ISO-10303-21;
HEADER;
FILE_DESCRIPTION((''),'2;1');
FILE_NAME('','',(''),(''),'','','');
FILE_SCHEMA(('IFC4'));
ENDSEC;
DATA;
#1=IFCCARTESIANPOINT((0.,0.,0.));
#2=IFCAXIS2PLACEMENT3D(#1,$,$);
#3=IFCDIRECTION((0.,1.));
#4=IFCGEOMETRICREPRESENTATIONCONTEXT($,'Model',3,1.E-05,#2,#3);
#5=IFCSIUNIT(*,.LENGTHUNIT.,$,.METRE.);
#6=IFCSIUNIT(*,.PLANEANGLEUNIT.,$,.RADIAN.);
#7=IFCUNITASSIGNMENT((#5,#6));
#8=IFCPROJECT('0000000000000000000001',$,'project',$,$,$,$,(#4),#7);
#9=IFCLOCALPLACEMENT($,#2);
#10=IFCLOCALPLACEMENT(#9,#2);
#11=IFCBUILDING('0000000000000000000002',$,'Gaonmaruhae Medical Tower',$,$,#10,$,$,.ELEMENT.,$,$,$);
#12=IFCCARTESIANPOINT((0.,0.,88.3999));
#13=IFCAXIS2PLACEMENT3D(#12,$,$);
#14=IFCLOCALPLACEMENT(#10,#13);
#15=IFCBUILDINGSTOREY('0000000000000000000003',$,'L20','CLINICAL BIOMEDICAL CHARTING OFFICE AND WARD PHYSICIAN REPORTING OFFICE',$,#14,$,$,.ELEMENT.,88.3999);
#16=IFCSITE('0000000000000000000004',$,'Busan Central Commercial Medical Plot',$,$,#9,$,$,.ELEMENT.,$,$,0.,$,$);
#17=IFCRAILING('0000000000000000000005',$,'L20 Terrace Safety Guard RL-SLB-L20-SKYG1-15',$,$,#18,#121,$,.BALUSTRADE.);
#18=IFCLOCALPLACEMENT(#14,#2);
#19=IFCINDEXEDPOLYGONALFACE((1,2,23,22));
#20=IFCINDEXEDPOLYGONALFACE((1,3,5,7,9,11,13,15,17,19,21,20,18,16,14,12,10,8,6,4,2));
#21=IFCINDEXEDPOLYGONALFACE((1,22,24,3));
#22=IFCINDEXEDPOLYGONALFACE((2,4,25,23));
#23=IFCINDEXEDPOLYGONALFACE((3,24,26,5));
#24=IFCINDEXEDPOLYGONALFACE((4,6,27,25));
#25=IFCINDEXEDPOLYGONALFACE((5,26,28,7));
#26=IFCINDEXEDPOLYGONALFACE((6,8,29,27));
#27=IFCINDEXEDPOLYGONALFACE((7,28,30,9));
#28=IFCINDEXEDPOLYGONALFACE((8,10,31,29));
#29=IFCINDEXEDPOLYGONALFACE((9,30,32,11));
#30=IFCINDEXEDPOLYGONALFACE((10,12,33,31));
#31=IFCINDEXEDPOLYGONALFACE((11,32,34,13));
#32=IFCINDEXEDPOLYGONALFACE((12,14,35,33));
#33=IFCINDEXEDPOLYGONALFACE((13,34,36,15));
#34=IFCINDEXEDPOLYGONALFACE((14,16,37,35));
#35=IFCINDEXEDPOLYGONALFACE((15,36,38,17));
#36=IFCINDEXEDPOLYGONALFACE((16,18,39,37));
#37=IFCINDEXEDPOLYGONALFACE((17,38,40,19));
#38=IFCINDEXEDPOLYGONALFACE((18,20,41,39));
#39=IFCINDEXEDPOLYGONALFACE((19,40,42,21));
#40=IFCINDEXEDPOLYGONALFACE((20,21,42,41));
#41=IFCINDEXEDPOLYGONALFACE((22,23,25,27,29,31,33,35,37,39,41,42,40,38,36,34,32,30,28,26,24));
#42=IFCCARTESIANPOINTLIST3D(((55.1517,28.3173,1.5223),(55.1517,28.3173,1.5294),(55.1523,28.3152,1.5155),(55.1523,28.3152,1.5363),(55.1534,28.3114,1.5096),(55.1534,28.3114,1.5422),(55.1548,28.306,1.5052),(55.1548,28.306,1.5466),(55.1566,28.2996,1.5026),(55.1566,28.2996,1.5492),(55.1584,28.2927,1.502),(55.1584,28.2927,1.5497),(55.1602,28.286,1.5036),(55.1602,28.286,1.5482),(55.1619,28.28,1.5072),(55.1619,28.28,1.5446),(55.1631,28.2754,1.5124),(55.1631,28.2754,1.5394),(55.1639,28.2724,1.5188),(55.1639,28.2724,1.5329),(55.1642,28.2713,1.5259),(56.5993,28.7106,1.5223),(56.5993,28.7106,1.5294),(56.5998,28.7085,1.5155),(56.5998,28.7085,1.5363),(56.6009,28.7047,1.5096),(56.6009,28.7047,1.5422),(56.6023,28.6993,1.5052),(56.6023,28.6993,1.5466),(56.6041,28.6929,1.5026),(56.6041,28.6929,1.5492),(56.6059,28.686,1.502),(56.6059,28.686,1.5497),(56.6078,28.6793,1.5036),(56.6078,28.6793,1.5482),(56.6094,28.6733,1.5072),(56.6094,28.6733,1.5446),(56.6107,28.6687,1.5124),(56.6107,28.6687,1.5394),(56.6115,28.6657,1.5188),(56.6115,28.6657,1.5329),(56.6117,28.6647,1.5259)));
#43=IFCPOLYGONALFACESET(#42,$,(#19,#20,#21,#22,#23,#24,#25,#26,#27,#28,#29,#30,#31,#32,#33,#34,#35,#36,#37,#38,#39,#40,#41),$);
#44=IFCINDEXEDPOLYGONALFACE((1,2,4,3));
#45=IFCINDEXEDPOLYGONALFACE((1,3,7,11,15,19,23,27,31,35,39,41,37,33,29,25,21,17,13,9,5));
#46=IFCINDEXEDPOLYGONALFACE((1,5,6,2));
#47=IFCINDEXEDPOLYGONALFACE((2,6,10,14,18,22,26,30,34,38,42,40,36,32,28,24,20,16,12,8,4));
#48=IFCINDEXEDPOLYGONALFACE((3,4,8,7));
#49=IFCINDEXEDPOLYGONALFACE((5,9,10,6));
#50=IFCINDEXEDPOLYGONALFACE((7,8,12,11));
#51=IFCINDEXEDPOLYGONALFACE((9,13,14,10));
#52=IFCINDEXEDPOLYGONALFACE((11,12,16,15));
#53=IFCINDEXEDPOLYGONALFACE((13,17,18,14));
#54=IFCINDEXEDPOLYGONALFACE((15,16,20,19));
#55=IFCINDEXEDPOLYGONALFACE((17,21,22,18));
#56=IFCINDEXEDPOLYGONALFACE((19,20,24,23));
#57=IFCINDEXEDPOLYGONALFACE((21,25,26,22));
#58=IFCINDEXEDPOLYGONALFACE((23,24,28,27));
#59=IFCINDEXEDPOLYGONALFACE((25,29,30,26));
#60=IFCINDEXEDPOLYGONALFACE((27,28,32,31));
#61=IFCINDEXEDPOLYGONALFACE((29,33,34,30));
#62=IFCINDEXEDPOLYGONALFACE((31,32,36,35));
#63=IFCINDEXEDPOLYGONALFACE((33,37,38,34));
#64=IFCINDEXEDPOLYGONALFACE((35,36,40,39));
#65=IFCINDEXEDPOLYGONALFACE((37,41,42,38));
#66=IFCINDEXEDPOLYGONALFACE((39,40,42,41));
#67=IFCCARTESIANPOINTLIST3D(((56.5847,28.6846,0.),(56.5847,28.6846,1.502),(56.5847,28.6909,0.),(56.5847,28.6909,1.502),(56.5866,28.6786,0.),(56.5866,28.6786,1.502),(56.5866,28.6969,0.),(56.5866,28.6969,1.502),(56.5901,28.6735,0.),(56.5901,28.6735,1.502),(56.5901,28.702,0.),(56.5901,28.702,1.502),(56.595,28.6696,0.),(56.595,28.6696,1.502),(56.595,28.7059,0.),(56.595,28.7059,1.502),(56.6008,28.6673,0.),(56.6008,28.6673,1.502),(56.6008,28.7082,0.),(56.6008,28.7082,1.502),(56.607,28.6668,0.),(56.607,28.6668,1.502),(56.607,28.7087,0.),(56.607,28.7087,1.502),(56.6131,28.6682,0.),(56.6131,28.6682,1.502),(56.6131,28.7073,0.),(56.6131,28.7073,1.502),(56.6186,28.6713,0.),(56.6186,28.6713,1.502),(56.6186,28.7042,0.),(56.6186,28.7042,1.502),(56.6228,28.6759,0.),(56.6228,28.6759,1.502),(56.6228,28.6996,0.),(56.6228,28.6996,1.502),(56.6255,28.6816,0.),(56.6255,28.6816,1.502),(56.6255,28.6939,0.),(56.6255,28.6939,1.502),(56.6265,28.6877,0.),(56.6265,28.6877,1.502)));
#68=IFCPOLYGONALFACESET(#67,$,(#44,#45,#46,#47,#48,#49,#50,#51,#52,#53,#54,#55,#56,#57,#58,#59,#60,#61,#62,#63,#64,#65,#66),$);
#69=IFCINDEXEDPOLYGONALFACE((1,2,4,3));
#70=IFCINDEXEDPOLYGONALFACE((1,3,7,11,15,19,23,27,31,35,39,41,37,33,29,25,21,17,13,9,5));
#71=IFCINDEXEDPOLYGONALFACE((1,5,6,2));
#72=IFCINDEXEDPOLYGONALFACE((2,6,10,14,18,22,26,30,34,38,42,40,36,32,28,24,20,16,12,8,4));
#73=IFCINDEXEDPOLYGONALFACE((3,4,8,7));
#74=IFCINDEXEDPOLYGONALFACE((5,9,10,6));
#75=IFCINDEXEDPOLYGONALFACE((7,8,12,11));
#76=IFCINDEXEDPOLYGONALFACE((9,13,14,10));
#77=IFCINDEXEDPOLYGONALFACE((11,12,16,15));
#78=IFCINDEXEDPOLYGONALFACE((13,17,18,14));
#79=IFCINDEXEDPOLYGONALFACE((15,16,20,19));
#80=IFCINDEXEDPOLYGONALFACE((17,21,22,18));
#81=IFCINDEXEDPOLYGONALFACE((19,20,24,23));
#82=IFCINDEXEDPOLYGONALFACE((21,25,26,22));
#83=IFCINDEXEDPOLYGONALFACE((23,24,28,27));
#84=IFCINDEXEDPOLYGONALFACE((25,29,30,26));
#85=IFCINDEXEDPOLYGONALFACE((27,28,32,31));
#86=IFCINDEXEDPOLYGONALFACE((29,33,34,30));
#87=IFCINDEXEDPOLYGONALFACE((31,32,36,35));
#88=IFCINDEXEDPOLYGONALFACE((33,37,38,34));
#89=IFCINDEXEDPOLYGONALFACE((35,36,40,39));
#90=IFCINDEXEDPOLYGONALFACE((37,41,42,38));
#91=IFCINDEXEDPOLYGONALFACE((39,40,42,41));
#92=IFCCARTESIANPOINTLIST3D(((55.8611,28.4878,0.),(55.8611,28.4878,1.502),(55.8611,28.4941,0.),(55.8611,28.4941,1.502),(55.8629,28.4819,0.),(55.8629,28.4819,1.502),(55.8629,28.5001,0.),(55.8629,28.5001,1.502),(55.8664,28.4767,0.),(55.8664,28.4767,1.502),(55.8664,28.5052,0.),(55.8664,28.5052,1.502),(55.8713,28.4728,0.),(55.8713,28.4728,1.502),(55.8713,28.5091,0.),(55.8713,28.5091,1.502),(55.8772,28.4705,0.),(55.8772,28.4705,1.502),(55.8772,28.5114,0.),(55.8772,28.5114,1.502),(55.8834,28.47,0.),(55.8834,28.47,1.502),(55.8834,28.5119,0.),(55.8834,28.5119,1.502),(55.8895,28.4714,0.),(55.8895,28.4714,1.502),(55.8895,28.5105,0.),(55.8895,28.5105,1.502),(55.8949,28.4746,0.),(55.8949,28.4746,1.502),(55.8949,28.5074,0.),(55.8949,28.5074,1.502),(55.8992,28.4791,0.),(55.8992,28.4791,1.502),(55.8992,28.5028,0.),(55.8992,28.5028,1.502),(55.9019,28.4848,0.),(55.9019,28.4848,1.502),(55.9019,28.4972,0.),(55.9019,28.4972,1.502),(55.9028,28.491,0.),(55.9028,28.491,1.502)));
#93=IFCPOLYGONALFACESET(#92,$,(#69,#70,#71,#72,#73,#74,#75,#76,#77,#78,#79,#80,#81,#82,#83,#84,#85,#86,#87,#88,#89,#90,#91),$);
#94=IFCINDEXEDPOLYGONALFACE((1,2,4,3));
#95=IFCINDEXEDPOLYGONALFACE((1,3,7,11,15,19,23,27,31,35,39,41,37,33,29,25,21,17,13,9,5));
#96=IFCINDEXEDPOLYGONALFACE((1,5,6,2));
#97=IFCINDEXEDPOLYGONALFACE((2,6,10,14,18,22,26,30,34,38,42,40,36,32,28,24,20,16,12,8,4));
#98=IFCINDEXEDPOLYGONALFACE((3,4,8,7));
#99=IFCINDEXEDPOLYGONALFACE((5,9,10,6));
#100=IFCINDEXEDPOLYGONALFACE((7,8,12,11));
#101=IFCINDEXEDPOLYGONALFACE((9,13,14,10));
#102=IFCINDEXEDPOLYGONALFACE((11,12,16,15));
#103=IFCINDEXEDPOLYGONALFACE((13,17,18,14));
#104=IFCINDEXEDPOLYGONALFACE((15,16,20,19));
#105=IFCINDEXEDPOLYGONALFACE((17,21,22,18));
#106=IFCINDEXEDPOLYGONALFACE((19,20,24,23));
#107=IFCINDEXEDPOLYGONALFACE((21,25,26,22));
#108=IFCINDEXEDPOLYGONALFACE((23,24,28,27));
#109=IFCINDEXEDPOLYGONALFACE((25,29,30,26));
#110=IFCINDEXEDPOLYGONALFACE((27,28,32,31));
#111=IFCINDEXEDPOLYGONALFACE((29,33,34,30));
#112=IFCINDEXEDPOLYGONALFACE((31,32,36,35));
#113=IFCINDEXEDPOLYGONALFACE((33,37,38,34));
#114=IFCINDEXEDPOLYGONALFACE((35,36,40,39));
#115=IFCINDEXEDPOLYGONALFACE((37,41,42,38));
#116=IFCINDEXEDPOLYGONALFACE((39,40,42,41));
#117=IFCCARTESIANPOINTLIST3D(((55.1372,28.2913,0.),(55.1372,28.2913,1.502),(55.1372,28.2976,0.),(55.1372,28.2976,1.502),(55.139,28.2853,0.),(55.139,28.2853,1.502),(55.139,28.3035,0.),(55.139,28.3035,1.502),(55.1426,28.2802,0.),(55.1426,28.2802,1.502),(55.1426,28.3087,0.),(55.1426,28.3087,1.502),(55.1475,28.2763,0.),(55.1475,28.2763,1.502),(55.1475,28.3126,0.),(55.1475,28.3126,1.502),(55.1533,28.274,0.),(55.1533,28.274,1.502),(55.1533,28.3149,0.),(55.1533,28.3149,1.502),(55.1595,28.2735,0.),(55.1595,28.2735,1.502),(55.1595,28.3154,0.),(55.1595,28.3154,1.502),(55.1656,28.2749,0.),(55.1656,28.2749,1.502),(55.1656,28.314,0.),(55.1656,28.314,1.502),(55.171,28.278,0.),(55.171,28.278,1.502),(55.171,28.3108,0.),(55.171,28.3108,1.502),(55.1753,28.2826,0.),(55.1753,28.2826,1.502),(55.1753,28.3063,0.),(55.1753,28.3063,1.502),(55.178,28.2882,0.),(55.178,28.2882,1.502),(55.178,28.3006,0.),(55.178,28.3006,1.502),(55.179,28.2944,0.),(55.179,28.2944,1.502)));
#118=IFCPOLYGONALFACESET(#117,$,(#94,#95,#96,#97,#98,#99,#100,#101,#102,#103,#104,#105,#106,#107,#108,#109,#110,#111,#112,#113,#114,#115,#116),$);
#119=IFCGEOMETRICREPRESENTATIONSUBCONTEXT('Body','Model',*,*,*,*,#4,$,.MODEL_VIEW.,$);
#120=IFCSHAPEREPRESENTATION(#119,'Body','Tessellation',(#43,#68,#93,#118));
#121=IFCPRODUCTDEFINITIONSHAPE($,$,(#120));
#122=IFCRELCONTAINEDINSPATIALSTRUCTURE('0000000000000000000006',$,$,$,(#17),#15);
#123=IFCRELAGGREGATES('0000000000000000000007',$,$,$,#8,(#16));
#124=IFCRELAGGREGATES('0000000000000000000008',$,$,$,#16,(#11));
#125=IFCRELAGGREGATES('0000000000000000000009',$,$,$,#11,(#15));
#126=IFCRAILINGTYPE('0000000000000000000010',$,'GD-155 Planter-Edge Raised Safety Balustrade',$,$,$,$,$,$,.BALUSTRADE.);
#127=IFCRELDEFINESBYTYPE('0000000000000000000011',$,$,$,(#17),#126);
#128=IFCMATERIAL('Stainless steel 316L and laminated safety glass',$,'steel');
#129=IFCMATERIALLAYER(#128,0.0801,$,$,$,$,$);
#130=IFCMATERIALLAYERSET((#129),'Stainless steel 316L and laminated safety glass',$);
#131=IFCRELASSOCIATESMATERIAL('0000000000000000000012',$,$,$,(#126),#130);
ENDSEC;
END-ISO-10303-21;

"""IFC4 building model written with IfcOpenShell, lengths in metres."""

from ifc_helpers import new_model, si_unit, direction, frame, origin, origin_2d, place, context, subcontext, project, spatial, circle, extrude, material, layer, layer_set, type_object, element, save


model = new_model("IFC4")

# Units and contexts
model_context = context("Model", 3, precision=1e-05, world=origin(), true_north=direction((0.0, 1.0)))
body_context = subcontext(model_context, "Body", "Model", "MODEL_VIEW")
ifc_project = project(units=[si_unit("LENGTHUNIT", "METRE"), si_unit("PLANEANGLEUNIT", "RADIAN")], contexts=[model_context])

# Site, building, storey
site_placement = place(None, origin())
site = spatial("IfcSite", under=ifc_project, at=site_placement, Name="Busan Central Commercial Medical Plot", CompositionType="ELEMENT", RefElevation=0.0)
building_placement = place(site_placement, origin())
building = spatial("IfcBuilding", under=site, at=building_placement, Name="Gaonmaruhae Medical Tower", CompositionType="ELEMENT")
storey_placement = place(building_placement, frame((0.0, 0.0, 88.3999)))
storey = spatial("IfcBuildingStorey", under=building, at=storey_placement, Name="L20", Description="CLINICAL BIOMEDICAL CHARTING OFFICE AND WARD PHYSICIAN REPORTING OFFICE", CompositionType="ELEMENT", Elevation=88.3999)

# Railing
ifc_material_1 = material(Name="Stainless steel 316L and laminated safety glass", Category="steel")
ifc_layer_1 = layer(ifc_material_1, 0.0801)
ifc_layer_set_1 = layer_set([ifc_layer_1], Name="Stainless steel 316L and laminated safety glass")
railing_type = type_object("IfcRailingType", Name="GD-155 Planter-Edge Raised Safety Balustrade", PredefinedType="BALUSTRADE", material=ifc_layer_set_1)
railing_1_placement = place(storey_placement, frame((56.6055, 28.6877, 0.0)))
element("IfcRailing", 1, at=railing_1_placement, inside=storey, type_object=railing_type, Name="L20 Terrace Safety Guard RL-SLB-L20-SKYG1-15", PredefinedType="BALUSTRADE", context=body_context, shape_type="SweptSolid", body=[
    extrude(circle(Radius=0.0239, at=origin_2d()), frame((0.0, 0.0, 1.5259), z_axis=(-0.965011, -0.262208, 0.0), x_axis=(0.262208, -0.965011, 0.0)), (0.0, 0.0, 1.0), 1.5),
    extrude(circle(Radius=0.021, at=origin_2d()), origin(), (0.0, 0.0, 1.0), 1.502),
    extrude(circle(Radius=0.021, at=origin_2d()), frame((-0.7236, -0.1968, 0.0)), (0.0, 0.0, 1.0), 1.502),
    extrude(circle(Radius=0.021, at=origin_2d()), frame((-1.4475, -0.3933, 0.0)), (0.0, 0.0, 1.0), 1.502),
])

save(model, "model.ifc")
